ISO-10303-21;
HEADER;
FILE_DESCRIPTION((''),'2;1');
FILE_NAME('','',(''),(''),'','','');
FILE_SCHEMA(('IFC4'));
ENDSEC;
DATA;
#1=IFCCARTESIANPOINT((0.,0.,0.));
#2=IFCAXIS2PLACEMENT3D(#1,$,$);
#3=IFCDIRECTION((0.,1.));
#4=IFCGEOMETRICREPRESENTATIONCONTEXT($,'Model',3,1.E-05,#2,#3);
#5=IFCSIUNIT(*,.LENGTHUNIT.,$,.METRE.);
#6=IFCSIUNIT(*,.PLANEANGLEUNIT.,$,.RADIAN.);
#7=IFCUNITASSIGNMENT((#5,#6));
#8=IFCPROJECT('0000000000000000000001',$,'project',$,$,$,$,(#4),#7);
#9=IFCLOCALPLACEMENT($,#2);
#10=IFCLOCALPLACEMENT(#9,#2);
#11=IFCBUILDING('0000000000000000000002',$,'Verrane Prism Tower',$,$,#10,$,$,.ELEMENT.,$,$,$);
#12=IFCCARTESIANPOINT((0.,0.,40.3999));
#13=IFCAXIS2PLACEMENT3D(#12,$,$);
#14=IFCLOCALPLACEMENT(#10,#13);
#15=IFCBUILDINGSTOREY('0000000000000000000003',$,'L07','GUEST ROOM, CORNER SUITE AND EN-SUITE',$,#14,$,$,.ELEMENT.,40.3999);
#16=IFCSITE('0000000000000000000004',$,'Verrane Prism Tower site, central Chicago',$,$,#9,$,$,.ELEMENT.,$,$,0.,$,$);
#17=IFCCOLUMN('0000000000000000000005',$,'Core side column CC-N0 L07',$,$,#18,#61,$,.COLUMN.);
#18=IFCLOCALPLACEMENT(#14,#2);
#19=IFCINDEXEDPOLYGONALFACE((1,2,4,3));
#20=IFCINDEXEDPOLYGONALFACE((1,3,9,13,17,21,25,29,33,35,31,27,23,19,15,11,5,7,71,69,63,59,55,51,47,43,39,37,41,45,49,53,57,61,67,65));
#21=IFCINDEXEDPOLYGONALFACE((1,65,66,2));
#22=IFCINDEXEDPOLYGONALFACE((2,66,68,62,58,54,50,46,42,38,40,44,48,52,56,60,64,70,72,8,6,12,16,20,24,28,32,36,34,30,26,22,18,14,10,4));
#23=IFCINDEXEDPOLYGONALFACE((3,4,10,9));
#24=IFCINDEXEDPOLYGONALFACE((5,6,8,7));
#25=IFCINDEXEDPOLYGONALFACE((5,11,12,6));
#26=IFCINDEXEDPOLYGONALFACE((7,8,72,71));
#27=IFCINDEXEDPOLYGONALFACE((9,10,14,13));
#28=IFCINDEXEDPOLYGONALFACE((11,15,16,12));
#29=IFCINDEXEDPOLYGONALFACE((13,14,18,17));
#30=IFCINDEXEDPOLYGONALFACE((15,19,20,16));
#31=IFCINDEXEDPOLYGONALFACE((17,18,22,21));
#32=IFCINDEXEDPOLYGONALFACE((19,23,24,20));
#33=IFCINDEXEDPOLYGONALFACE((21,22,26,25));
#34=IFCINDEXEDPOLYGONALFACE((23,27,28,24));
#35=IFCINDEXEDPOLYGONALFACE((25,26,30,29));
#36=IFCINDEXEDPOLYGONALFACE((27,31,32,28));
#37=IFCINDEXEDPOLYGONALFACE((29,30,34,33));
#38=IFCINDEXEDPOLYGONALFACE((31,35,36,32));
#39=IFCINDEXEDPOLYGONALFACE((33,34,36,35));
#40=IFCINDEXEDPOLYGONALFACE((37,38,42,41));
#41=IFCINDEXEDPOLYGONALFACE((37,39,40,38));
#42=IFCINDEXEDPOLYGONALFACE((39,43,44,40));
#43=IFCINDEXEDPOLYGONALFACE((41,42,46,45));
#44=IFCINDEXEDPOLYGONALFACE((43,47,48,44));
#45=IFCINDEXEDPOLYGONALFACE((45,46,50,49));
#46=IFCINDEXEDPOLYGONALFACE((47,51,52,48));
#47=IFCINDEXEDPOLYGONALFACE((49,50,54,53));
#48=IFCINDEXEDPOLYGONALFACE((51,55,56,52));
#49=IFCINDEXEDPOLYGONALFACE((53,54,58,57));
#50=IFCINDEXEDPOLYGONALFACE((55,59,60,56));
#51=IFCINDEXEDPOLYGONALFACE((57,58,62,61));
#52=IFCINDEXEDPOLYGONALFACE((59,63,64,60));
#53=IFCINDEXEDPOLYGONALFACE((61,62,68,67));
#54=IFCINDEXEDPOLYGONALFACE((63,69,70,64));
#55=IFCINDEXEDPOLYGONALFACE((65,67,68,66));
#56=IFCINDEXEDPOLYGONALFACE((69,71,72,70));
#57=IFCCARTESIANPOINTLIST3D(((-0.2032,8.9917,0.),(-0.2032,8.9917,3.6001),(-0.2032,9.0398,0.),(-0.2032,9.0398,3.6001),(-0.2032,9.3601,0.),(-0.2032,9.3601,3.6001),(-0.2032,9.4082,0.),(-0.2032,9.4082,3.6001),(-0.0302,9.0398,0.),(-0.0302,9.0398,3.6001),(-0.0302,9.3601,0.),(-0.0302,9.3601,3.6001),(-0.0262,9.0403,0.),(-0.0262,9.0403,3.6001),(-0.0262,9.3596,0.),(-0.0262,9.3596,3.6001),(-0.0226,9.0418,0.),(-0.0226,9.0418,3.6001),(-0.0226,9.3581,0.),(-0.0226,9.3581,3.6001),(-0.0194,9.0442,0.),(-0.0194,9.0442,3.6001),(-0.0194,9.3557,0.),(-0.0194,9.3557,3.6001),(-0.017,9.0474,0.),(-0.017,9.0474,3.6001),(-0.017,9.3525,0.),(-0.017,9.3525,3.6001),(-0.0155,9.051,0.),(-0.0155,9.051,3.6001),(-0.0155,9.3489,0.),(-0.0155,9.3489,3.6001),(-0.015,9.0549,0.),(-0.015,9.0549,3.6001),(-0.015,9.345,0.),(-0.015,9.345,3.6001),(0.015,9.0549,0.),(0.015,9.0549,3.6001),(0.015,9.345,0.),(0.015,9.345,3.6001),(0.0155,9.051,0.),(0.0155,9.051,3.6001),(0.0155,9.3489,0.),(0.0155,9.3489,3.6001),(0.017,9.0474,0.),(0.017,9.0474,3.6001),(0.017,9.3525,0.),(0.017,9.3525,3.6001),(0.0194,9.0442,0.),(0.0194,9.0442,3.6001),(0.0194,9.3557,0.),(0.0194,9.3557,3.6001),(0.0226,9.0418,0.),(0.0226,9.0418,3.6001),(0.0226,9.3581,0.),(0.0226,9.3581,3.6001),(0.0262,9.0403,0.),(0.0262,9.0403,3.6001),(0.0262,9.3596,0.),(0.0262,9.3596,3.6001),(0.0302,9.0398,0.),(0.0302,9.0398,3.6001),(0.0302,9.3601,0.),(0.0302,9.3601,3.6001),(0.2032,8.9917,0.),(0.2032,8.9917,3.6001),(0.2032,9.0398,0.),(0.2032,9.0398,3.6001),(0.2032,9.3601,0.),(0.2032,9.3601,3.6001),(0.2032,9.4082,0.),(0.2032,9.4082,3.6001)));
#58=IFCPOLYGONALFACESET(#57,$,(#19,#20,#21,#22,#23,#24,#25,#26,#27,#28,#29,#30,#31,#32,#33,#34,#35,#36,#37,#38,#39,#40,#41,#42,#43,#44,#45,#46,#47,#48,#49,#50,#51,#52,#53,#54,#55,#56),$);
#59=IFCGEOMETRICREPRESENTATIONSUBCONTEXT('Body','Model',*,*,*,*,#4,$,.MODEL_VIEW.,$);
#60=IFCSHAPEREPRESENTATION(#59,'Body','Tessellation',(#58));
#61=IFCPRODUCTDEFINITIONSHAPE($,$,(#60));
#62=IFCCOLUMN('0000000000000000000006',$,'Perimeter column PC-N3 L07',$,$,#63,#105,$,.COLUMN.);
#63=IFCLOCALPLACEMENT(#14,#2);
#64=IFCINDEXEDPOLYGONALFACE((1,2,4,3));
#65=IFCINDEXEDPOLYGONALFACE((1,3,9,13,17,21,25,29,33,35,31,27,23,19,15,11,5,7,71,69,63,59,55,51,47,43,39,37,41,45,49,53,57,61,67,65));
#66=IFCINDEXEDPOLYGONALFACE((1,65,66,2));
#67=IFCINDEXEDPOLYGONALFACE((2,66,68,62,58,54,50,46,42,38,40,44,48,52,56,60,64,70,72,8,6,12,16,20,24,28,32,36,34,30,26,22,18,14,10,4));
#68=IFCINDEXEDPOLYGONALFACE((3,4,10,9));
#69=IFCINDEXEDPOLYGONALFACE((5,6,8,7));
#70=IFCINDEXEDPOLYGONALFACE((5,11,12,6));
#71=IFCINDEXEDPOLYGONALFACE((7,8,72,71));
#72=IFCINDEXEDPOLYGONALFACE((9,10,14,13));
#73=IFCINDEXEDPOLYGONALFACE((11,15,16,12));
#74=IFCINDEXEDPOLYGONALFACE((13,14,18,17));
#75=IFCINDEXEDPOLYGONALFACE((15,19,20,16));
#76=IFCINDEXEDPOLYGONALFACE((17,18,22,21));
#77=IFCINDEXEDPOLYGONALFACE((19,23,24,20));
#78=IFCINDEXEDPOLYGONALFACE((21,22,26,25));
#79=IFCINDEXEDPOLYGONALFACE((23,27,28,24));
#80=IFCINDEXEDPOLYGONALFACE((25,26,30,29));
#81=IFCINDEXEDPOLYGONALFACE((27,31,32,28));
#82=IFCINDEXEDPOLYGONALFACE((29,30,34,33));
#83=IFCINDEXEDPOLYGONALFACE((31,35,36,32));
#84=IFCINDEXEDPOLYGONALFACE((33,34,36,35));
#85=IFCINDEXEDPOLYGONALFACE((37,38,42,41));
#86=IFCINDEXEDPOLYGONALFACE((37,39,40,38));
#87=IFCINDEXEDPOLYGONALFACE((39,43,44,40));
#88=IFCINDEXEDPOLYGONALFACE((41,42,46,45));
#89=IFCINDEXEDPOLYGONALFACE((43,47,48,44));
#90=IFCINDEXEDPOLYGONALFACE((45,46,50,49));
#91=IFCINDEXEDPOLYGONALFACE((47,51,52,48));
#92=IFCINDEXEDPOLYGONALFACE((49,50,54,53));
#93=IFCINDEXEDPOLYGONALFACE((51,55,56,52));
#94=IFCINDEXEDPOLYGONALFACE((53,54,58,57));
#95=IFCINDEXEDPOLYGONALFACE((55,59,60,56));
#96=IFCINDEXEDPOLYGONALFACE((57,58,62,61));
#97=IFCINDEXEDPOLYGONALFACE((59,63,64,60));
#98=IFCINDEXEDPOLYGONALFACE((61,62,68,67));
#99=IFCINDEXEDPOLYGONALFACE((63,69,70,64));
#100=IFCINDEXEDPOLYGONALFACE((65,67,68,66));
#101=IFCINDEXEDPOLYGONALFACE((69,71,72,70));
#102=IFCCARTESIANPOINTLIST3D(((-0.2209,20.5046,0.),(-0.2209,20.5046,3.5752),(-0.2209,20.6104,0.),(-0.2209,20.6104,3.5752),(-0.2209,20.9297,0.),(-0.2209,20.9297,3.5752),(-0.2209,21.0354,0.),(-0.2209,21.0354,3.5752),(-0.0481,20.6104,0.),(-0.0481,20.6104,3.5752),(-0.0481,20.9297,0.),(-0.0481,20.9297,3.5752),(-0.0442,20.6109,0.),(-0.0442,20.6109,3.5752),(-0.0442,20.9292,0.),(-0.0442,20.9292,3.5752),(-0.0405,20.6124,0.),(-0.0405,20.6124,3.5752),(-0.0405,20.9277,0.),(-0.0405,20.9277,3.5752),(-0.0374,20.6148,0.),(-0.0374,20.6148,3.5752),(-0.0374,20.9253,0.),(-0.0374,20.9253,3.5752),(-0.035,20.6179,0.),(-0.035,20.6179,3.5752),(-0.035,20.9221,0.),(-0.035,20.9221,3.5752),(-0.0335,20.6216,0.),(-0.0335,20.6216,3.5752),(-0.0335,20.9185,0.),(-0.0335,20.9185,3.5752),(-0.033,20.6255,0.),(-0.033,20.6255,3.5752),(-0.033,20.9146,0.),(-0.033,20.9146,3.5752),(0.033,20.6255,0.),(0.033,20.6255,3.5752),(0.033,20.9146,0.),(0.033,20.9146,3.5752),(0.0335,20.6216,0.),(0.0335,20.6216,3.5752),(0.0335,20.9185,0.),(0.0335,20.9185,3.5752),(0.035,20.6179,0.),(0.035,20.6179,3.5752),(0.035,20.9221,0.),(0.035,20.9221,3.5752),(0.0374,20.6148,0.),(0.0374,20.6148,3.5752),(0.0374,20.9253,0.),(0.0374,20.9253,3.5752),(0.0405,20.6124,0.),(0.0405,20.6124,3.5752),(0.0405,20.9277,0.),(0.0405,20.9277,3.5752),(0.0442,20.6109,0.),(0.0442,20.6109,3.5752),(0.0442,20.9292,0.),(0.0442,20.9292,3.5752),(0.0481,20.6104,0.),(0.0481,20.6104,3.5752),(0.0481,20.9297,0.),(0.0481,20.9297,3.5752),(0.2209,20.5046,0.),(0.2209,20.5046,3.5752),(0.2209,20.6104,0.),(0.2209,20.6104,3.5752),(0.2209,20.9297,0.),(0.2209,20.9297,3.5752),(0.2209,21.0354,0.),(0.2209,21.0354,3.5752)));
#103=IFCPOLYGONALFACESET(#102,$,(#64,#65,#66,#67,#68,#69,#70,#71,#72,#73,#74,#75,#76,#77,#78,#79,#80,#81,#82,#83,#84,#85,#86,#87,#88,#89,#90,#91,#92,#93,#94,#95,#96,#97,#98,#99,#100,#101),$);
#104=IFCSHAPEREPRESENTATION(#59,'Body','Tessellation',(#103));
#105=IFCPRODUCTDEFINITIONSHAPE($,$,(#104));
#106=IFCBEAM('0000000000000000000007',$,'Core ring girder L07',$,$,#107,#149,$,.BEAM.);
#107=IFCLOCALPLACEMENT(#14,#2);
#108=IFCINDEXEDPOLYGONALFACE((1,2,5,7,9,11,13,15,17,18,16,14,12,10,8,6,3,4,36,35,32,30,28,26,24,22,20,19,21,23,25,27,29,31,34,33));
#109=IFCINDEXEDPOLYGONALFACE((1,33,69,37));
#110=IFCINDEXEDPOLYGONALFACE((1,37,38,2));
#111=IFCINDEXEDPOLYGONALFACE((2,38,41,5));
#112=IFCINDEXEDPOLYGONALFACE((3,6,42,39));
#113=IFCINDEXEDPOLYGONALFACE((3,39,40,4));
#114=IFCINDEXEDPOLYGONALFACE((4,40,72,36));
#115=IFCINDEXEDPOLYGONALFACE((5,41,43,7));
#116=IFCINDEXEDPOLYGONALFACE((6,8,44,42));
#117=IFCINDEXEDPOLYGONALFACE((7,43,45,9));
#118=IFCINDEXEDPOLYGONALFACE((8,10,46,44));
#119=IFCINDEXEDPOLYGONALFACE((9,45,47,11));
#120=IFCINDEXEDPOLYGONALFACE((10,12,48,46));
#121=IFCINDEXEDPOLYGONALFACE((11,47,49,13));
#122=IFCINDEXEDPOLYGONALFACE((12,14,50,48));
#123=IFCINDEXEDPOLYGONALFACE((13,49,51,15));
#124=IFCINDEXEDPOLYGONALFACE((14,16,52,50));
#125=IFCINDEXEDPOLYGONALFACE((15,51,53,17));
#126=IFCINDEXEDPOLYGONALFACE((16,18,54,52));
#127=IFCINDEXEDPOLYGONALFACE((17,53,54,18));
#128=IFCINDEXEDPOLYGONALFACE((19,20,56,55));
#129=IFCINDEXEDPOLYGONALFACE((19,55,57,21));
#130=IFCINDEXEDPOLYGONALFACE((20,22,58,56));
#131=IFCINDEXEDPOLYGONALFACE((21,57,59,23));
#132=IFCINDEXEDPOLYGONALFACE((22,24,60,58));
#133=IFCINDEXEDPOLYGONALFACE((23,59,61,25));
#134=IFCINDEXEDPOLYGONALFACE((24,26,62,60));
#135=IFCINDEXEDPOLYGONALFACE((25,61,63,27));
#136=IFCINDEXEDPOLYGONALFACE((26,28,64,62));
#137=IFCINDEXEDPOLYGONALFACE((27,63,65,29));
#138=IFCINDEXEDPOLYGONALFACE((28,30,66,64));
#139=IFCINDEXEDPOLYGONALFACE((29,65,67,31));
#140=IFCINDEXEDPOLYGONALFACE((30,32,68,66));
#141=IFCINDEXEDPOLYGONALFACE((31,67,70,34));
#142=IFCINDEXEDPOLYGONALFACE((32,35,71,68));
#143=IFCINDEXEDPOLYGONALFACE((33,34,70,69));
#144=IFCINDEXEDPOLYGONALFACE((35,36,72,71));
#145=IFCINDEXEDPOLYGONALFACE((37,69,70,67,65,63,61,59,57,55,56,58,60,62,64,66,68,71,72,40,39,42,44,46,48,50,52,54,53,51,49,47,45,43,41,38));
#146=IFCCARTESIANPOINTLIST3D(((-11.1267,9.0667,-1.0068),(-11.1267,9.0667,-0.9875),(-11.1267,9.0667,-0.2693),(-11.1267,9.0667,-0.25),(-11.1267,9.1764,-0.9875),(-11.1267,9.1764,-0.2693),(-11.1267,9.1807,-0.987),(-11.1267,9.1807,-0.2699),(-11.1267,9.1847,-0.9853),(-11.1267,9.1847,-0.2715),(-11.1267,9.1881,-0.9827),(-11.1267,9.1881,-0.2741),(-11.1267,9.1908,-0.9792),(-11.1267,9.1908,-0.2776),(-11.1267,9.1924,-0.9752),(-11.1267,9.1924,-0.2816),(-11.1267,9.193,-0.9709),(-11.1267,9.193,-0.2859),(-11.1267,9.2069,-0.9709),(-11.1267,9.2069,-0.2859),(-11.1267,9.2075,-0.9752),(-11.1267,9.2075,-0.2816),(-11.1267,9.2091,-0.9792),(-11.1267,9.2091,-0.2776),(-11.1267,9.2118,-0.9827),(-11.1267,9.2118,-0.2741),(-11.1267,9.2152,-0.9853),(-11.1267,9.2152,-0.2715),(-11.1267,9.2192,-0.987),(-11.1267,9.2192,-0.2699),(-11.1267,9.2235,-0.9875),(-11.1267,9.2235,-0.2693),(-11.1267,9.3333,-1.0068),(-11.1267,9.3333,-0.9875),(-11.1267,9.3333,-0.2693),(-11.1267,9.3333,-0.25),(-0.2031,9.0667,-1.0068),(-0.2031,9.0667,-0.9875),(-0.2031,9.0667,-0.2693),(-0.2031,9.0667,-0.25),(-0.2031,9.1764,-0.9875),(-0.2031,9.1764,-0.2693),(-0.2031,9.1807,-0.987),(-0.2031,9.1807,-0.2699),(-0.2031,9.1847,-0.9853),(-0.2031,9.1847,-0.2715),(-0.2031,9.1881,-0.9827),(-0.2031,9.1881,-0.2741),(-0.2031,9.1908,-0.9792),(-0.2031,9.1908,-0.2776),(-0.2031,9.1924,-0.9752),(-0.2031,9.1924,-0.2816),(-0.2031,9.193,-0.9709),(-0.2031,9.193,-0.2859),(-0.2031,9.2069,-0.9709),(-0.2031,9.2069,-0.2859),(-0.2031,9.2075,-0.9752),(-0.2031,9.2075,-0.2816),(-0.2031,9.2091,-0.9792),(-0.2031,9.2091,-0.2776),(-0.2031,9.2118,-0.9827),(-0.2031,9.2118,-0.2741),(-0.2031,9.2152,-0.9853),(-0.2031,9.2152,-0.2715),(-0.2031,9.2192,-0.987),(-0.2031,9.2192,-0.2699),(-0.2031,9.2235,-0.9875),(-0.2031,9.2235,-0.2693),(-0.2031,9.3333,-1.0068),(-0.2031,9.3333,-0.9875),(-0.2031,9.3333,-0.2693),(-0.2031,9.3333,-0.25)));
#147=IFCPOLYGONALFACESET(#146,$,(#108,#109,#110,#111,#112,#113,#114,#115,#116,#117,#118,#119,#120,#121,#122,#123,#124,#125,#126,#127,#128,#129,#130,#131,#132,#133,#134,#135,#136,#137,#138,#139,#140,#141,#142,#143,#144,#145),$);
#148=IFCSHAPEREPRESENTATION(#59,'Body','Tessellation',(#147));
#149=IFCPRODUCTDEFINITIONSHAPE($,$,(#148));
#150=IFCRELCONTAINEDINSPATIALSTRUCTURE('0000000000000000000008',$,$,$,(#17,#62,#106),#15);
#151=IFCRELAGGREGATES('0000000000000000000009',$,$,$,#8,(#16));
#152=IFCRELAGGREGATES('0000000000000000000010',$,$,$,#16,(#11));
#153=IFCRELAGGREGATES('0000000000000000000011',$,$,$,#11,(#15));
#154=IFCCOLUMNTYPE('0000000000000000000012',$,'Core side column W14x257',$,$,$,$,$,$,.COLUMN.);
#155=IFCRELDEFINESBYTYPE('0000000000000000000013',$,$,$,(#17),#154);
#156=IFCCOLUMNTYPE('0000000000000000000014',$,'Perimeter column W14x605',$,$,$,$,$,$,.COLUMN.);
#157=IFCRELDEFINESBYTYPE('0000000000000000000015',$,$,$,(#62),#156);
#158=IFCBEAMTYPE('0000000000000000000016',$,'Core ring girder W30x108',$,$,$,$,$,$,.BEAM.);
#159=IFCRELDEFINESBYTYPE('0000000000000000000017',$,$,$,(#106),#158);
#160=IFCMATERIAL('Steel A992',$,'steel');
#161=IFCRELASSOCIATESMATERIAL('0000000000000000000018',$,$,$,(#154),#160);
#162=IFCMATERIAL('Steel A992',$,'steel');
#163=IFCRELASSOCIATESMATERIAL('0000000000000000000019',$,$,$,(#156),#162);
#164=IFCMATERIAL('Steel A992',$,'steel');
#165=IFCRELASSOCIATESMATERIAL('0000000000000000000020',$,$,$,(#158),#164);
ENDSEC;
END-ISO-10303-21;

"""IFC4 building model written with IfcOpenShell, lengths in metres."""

from ifc_helpers import new_model, si_unit, direction, frame, origin, origin_2d, place, context, subcontext, project, spatial, i_section, extrude, material, material_profile, profile_set, type_object, element, save


model = new_model("IFC4")

# Units and contexts
model_context = context("Model", 3, precision=1e-05, world=origin(), true_north=direction((0.0, 1.0)))
body_context = subcontext(model_context, "Body", "Model", "MODEL_VIEW")
ifc_project = project(units=[si_unit("LENGTHUNIT", "METRE"), si_unit("PLANEANGLEUNIT", "RADIAN")], contexts=[model_context])

# Site, building, storey
site_placement = place(None, origin())
site = spatial("IfcSite", under=ifc_project, at=site_placement, Name="Verrane Prism Tower site, central Chicago", CompositionType="ELEMENT", RefElevation=0.0)
building_placement = place(site_placement, origin())
building = spatial("IfcBuilding", under=site, at=building_placement, Name="Verrane Prism Tower", CompositionType="ELEMENT")
storey_placement = place(building_placement, frame((0.0, 0.0, 40.3999)))
storey = spatial("IfcBuildingStorey", under=building, at=storey_placement, Name="L07", Description="GUEST ROOM, CORNER SUITE AND EN-SUITE", CompositionType="ELEMENT", Elevation=40.3999)

# Columns
ifc_material_1 = material(Name="Steel A992", Category="steel")
ifc_material_profile_1 = material_profile(ifc_material_1, i_section(OverallWidth=0.4065, OverallDepth=0.4165, WebThickness=0.03, FlangeThickness=0.0481, FilletRadius=0.0151, at=origin_2d()), Name="W14x257")
ifc_profile_set_1 = profile_set([ifc_material_profile_1], Name="Steel A992")
column_type_1 = type_object("IfcColumnType", Name="Core side column W14x257", PredefinedType="COLUMN", material=ifc_profile_set_1)
column_1_placement = place(storey_placement, frame((0.0, 9.2, 0.0), z_axis=(0.0, 0.0, 1.0), x_axis=(1.0, 0.0, 0.0)))
element("IfcColumn", 1, at=column_1_placement, inside=storey, type_object=column_type_1, Name="Core side column CC-N0 L07", PredefinedType="COLUMN", context=body_context, shape_type="SweptSolid", body=[
    extrude(i_section(OverallWidth=0.4065, OverallDepth=0.4165, WebThickness=0.03, FlangeThickness=0.0481, FilletRadius=0.0151, at=origin_2d()), origin(), (0.0, 0.0, 1.0), 3.6001),
])
ifc_material_2 = material(Name="Steel A992", Category="steel")
ifc_material_profile_2 = material_profile(ifc_material_2, i_section(OverallWidth=0.4419, OverallDepth=0.5308, WebThickness=0.0659, FlangeThickness=0.1057, FilletRadius=0.0151, at=origin_2d()), Name="W14x605")
ifc_profile_set_2 = profile_set([ifc_material_profile_2], Name="Steel A992")
column_type_2 = type_object("IfcColumnType", Name="Perimeter column W14x605", PredefinedType="COLUMN", material=ifc_profile_set_2)
column_2_placement = place(storey_placement, frame((0.0, 20.77, 0.0), z_axis=(0.0, 0.0, 1.0), x_axis=(1.0, 0.0, 0.0)))
element("IfcColumn", 2, at=column_2_placement, inside=storey, type_object=column_type_2, Name="Perimeter column PC-N3 L07", PredefinedType="COLUMN", context=body_context, shape_type="SweptSolid", body=[
    extrude(i_section(OverallWidth=0.4419, OverallDepth=0.5308, WebThickness=0.0659, FlangeThickness=0.1057, FilletRadius=0.0151, at=origin_2d()), origin(), (0.0, 0.0, 1.0), 3.5752),
])

# Beam
ifc_material_3 = material(Name="Steel A992", Category="steel")
ifc_material_profile_3 = material_profile(ifc_material_3, i_section(OverallWidth=0.2666, OverallDepth=0.7568, WebThickness=0.0139, FlangeThickness=0.0193, FilletRadius=0.0166, at=origin_2d()), Name="W30x108")
ifc_profile_set_3 = profile_set([ifc_material_profile_3], Name="Steel A992")
beam_type_1 = type_object("IfcBeamType", Name="Core ring girder W30x108", PredefinedType="BEAM", material=ifc_profile_set_3)
beam_1_placement = place(storey_placement, frame((-0.2031, 9.2, -0.6284), z_axis=(-1.0, 0.0, 0.0), x_axis=(0.0, -1.0, 0.0)))
element("IfcBeam", 3, at=beam_1_placement, inside=storey, type_object=beam_type_1, Name="Core ring girder L07", PredefinedType="BEAM", context=body_context, shape_type="SweptSolid", body=[
    extrude(i_section(OverallWidth=0.2666, OverallDepth=0.7568, WebThickness=0.0139, FlangeThickness=0.0193, FilletRadius=0.0166, at=origin_2d()), origin(), (0.0, 0.0, 1.0), 10.9236),
])

save(model, "model.ifc")
